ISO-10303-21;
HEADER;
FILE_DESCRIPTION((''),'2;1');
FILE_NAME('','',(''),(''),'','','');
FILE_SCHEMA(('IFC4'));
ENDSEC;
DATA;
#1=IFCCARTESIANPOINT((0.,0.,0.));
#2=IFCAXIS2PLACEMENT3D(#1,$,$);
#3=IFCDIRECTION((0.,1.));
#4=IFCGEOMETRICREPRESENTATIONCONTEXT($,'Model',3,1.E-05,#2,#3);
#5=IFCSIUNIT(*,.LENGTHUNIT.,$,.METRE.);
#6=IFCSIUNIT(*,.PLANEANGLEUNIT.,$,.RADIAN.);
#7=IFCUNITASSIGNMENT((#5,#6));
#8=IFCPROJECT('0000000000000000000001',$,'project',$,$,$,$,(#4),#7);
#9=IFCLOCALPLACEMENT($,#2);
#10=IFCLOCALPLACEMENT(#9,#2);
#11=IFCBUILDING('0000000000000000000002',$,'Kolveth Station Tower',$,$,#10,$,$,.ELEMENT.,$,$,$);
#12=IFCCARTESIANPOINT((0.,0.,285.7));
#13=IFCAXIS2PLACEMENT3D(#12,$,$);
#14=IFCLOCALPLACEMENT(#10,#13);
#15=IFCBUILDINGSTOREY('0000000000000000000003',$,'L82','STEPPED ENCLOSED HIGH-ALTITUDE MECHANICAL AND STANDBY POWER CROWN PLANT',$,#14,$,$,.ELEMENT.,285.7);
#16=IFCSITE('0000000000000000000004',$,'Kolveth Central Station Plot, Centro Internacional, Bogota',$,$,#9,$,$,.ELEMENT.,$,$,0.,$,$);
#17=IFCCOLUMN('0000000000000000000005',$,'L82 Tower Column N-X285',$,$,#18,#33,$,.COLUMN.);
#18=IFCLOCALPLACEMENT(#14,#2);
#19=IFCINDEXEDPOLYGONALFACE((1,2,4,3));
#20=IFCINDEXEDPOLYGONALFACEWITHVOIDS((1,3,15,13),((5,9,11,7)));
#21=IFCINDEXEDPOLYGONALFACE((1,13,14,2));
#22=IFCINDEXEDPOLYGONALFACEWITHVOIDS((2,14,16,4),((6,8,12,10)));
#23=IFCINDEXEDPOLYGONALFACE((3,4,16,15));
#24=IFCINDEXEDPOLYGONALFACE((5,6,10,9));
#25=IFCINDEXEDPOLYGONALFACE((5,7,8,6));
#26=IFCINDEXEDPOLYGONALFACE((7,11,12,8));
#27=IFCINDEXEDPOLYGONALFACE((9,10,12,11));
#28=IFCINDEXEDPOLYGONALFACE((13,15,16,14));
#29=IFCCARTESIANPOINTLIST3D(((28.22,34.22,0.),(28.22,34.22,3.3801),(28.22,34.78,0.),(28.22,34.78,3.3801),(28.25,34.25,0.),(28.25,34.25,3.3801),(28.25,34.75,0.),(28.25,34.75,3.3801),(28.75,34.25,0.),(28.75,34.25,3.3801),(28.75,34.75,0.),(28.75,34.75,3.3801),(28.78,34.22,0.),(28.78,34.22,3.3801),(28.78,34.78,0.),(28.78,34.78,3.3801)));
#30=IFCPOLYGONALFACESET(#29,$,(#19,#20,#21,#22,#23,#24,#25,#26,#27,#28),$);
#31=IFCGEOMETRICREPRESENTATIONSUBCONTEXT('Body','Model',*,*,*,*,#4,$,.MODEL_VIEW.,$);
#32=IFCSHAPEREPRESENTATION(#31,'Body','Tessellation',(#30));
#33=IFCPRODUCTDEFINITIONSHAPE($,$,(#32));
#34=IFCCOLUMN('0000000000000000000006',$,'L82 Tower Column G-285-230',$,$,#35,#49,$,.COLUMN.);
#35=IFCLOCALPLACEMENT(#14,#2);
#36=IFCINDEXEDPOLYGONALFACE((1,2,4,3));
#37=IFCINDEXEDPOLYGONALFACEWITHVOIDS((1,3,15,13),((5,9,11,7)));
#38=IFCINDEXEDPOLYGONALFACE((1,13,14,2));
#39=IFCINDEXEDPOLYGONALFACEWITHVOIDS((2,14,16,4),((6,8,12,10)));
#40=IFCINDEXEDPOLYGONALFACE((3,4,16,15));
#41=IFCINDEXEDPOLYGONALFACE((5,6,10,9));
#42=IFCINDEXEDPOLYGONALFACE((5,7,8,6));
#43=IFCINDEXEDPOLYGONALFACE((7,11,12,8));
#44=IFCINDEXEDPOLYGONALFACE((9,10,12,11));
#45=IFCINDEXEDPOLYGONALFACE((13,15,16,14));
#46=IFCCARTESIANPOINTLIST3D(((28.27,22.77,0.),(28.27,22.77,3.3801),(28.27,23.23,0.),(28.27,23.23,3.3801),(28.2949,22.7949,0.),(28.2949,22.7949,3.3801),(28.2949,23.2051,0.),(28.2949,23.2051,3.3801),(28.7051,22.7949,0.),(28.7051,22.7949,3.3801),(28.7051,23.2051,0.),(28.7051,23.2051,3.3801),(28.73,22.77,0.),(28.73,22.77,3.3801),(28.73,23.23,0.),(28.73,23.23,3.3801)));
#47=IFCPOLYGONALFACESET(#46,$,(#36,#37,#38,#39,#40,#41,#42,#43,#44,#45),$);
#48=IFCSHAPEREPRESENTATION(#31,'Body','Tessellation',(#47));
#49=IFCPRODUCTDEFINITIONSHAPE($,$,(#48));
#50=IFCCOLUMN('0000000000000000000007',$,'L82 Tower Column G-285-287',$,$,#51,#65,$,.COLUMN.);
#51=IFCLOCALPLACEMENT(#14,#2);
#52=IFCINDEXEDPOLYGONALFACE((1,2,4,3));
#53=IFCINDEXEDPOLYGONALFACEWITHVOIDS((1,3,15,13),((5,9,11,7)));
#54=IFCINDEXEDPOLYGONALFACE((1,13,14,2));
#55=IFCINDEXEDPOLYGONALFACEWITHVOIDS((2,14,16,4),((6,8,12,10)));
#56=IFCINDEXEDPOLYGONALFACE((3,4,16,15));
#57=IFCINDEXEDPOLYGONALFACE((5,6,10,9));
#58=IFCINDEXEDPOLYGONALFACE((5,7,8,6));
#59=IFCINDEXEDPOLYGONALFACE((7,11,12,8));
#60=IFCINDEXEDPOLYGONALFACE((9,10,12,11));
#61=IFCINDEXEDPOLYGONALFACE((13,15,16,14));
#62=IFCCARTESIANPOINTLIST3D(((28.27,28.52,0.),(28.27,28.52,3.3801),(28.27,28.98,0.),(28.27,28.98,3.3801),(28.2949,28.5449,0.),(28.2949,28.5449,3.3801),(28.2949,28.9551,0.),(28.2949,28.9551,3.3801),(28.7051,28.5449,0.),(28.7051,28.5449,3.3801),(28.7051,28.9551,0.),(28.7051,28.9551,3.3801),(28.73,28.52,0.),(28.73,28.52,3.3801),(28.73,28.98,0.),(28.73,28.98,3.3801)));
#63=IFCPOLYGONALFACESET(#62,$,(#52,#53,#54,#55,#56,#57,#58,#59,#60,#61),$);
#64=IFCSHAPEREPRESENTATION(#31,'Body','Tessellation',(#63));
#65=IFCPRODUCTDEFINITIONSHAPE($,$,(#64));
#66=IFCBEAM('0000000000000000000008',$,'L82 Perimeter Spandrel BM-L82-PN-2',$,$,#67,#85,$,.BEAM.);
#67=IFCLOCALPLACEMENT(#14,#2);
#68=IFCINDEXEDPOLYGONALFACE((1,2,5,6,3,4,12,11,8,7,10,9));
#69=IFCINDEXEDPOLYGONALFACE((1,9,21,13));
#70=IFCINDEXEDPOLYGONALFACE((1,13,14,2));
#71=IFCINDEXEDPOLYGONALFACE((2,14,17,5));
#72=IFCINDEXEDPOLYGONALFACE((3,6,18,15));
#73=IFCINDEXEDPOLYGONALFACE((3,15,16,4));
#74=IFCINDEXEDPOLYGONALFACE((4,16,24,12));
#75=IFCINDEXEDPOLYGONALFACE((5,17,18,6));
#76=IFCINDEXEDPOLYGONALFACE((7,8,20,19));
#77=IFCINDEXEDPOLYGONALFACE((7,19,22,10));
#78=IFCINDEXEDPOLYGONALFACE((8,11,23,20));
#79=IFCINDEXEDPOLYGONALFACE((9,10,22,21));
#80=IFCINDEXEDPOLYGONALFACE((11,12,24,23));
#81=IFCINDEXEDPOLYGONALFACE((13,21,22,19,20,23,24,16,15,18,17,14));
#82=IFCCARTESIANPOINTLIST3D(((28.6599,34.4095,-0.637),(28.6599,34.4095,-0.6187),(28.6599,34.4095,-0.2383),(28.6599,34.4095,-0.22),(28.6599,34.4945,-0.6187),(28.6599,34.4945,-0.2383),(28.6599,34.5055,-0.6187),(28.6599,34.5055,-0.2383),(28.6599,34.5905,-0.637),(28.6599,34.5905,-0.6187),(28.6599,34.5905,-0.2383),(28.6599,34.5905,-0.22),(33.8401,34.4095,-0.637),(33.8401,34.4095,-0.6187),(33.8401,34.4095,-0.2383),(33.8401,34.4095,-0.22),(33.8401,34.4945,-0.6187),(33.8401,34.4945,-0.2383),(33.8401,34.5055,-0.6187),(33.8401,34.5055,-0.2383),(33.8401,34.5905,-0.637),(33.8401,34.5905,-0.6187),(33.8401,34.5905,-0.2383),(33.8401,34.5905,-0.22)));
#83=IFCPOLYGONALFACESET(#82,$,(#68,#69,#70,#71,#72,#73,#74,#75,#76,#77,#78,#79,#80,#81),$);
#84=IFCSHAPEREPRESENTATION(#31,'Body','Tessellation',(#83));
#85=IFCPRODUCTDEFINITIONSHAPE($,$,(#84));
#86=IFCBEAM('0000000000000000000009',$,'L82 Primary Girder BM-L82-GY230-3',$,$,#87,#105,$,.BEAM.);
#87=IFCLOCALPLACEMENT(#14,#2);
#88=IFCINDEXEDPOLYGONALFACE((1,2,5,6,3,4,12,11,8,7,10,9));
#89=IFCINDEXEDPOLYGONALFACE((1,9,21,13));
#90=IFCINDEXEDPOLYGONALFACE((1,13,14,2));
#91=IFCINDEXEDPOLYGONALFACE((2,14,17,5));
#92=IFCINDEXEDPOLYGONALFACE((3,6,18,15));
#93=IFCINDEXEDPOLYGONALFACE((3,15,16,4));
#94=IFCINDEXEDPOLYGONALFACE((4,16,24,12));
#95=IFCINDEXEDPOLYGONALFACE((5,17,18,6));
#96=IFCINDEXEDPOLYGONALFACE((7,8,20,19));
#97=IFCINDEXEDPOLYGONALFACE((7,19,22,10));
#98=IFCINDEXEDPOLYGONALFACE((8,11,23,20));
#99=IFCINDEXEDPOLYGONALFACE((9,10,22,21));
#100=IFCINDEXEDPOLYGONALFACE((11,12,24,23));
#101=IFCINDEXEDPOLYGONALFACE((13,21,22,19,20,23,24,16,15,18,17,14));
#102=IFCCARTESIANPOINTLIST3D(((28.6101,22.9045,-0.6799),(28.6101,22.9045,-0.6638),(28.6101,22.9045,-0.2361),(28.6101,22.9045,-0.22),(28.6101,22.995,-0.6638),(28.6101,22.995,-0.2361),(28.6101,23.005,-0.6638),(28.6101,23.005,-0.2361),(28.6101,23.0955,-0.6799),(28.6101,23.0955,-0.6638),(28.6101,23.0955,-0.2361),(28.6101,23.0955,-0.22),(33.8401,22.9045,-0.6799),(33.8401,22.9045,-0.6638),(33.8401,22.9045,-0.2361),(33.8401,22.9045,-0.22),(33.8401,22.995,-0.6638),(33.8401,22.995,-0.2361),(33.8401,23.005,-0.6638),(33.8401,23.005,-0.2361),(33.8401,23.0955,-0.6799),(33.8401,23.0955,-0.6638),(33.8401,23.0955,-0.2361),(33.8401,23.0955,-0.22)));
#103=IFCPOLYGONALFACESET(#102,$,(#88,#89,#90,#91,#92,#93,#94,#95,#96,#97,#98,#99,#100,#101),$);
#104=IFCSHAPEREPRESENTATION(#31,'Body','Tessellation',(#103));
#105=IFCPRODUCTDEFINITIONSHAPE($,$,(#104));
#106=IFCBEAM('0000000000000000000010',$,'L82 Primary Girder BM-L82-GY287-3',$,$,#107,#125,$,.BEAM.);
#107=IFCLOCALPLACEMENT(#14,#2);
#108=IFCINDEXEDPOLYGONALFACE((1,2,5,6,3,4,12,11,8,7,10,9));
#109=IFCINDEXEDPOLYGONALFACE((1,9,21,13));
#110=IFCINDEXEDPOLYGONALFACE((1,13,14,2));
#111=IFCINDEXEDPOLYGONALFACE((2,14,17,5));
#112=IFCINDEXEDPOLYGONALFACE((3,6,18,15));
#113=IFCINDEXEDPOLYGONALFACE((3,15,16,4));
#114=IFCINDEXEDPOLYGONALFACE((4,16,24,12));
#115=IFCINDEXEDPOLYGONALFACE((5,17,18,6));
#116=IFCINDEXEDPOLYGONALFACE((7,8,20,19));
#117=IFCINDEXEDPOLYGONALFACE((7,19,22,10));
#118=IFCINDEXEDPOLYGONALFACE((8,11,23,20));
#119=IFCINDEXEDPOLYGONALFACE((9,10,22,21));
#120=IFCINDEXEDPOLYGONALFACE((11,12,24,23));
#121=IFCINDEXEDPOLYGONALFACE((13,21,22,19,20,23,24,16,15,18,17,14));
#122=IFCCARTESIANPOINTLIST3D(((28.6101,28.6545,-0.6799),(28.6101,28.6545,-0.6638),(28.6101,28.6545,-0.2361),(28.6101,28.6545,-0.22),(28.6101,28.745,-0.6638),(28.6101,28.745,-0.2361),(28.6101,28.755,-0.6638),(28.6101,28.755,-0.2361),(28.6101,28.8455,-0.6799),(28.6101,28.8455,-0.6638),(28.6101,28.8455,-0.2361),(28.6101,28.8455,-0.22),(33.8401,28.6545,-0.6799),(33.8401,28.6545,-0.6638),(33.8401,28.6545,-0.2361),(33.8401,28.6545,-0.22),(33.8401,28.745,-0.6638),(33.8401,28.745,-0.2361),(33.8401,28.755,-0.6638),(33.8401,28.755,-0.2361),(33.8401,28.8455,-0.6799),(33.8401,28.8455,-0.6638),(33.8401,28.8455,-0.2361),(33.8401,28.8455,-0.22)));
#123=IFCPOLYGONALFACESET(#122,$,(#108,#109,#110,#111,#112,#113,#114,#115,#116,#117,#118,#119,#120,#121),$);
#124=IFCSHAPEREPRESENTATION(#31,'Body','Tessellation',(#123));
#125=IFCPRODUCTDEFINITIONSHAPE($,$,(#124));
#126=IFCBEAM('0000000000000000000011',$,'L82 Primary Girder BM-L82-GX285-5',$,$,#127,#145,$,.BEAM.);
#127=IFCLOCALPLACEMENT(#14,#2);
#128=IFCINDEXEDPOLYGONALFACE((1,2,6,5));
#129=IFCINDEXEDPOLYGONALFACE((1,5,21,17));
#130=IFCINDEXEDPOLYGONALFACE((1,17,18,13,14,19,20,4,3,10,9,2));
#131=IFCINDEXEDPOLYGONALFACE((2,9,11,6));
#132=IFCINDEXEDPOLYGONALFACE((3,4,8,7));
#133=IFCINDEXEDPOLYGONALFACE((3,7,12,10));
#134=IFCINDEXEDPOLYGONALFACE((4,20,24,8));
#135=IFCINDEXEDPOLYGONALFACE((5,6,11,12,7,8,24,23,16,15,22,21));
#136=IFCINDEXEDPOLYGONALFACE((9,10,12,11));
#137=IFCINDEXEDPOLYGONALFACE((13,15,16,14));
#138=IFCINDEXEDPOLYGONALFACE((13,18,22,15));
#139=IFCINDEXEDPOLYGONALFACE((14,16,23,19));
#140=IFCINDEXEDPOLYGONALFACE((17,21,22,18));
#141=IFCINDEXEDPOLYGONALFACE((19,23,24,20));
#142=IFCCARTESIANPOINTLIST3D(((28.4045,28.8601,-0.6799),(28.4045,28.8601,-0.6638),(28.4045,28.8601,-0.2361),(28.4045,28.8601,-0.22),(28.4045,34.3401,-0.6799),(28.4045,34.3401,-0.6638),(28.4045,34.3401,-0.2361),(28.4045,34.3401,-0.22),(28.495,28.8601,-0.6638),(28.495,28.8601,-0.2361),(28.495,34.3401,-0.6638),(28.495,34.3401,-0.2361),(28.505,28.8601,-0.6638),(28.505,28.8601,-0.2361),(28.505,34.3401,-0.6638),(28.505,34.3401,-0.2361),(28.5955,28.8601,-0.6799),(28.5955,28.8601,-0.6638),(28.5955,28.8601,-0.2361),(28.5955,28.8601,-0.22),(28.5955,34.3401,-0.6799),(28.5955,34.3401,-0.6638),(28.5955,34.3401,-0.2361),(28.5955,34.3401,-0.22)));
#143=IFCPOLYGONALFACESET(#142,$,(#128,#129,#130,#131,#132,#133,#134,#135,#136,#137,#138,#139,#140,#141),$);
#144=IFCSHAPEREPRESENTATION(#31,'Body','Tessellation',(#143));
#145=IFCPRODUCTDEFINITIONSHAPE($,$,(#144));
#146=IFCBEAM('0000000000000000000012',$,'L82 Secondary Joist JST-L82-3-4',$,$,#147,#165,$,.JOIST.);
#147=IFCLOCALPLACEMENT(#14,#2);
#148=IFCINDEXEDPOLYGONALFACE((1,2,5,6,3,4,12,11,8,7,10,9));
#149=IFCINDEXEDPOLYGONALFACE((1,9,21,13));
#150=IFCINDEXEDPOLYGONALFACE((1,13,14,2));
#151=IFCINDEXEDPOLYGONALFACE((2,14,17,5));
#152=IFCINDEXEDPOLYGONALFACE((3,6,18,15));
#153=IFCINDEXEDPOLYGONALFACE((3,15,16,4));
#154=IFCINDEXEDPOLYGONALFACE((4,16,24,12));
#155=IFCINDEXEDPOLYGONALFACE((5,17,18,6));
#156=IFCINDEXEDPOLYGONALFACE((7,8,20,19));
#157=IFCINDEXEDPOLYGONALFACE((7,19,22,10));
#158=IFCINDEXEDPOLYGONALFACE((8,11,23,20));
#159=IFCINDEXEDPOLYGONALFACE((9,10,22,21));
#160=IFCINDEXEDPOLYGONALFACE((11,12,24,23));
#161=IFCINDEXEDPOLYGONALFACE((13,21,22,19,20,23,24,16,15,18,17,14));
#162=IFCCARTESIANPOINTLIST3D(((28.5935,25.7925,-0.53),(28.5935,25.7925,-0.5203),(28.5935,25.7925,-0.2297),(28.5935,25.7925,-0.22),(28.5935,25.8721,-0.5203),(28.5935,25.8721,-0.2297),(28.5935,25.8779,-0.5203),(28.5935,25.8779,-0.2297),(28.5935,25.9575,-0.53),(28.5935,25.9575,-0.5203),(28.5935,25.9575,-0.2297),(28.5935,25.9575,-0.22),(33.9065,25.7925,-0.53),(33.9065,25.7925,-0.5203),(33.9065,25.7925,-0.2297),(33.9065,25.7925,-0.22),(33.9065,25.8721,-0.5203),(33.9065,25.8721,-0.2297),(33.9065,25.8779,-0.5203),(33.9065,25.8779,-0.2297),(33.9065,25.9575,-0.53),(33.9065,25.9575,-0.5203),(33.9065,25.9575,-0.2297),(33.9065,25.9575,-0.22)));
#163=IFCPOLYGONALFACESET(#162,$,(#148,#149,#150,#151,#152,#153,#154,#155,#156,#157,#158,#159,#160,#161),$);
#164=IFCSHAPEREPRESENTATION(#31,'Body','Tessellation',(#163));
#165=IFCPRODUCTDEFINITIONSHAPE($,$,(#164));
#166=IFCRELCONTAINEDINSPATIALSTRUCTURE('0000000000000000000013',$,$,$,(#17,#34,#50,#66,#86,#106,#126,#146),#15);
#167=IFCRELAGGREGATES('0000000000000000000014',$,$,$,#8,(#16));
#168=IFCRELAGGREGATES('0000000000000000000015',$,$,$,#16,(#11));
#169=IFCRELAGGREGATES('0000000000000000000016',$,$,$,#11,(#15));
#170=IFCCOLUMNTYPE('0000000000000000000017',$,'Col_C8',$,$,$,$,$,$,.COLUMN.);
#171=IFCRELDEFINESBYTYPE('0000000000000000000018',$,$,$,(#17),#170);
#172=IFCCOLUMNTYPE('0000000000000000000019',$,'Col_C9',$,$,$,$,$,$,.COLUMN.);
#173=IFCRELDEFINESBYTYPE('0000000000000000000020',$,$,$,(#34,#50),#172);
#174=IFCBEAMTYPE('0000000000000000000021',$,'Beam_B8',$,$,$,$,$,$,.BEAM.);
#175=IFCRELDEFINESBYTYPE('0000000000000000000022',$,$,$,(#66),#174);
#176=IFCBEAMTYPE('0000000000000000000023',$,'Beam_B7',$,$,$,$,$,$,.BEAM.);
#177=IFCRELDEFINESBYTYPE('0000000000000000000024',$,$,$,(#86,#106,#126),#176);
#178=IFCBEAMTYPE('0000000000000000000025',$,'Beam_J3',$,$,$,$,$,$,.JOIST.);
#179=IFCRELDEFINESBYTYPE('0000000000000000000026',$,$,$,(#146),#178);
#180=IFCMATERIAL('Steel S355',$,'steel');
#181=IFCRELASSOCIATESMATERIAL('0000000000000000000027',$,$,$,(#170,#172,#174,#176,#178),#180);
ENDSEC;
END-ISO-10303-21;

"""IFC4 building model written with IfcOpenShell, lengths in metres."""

from ifc_helpers import new_model, si_unit, direction, frame, origin, origin_2d, place, context, subcontext, project, spatial, hollow_rectangle, i_section, extrude, source, transform, mapped, material, material_profile, profile_set, type_object, element, save


model = new_model("IFC4")

# Units and contexts
model_context = context("Model", 3, precision=1e-05, world=origin(), true_north=direction((0.0, 1.0)))
body_context = subcontext(model_context, "Body", "Model", "MODEL_VIEW")
ifc_project = project(units=[si_unit("LENGTHUNIT", "METRE"), si_unit("PLANEANGLEUNIT", "RADIAN")], contexts=[model_context])

# Site, building, storey
site_placement = place(None, origin())
site = spatial("IfcSite", under=ifc_project, at=site_placement, Name="Kolveth Central Station Plot, Centro Internacional, Bogota", CompositionType="ELEMENT", RefElevation=0.0)
building_placement = place(site_placement, origin())
building = spatial("IfcBuilding", under=site, at=building_placement, Name="Kolveth Station Tower", CompositionType="ELEMENT")
storey_placement = place(building_placement, frame((0.0, 0.0, 285.7)))
storey = spatial("IfcBuildingStorey", under=building, at=storey_placement, Name="L82", Description="STEPPED ENCLOSED HIGH-ALTITUDE MECHANICAL AND STANDBY POWER CROWN PLANT", CompositionType="ELEMENT", Elevation=285.7)

# Columns
ifc_material_1 = material(Name="Steel S355", Category="steel")
ifc_material_profile_1 = material_profile(ifc_material_1, hollow_rectangle(XDim=0.5601, YDim=0.5601, WallThickness=0.03, at=origin_2d()), Name="BOX560x560x30")
ifc_profile_set_1 = profile_set([ifc_material_profile_1], Name="Steel S355")
column_type_1 = type_object("IfcColumnType", Name="Col_C8", PredefinedType="COLUMN", material=ifc_profile_set_1)
shared_shape_1 = source(origin(), body_context, "Body", "SweptSolid", [
    extrude(hollow_rectangle(XDim=0.5601, YDim=0.5601, WallThickness=0.03, at=origin_2d()), origin(), (0.0, 0.0, 1.0), 3.3801),
])
column_placement = place(storey_placement, frame((28.5, 34.5, 0.0), z_axis=(0.0, 0.0, 1.0), x_axis=(1.0, 0.0, 0.0)))
element("IfcColumn", 1, at=column_placement, inside=storey, type_object=column_type_1, Name="L82 Tower Column N-X285", PredefinedType="COLUMN", context=body_context, shape_type="MappedRepresentation", body=[
    mapped(shared_shape_1, transform((0.0, 0.0, 0.0), x_axis=(1.0, 0.0, 0.0), y_axis=(0.0, 1.0, 0.0), z_axis=(0.0, 0.0, 1.0), scale=1.0)),
])
ifc_material_profile_2 = material_profile(ifc_material_1, hollow_rectangle(XDim=0.46, YDim=0.46, WallThickness=0.0249, at=origin_2d()), Name="BOX460x460x25")
ifc_profile_set_2 = profile_set([ifc_material_profile_2], Name="Steel S355")
column_type_2 = type_object("IfcColumnType", Name="Col_C9", PredefinedType="COLUMN", material=ifc_profile_set_2)
shared_shape_2 = source(origin(), body_context, "Body", "SweptSolid", [
    extrude(hollow_rectangle(XDim=0.46, YDim=0.46, WallThickness=0.0249, at=origin_2d()), origin(), (0.0, 0.0, 1.0), 3.3801),
])
for number, where, z_axis, x_axis, name in (
    (2, (28.5, 23.0, 0.0), (0.0, 0.0, 1.0), (1.0, 0.0, 0.0), "L82 Tower Column G-285-230"),
    (3, (28.5, 28.75, 0.0), (0.0, 0.0, 1.0), (1.0, 0.0, 0.0), "L82 Tower Column G-285-287"),
):
    element("IfcColumn", number, at=place(storey_placement, frame(where, z_axis=z_axis, x_axis=x_axis)), inside=storey, type_object=column_type_2, Name=name, PredefinedType="COLUMN", context=body_context, shape_type="MappedRepresentation", body=[
        mapped(shared_shape_2, transform((0.0, 0.0, 0.0), x_axis=(1.0, 0.0, 0.0), y_axis=(0.0, 1.0, 0.0), z_axis=(0.0, 0.0, 1.0), scale=1.0)),
    ])

# Beams
ifc_material_profile_3 = material_profile(ifc_material_1, i_section(OverallWidth=0.1809, OverallDepth=0.417, WebThickness=0.011, FlangeThickness=0.0183, at=origin_2d()), Name="W410x85")
ifc_profile_set_3 = profile_set([ifc_material_profile_3], Name="Steel S355")
beam_type_1 = type_object("IfcBeamType", Name="Beam_B8", PredefinedType="BEAM", material=ifc_profile_set_3)
shared_shape_3 = source(origin(), body_context, "Body", "SweptSolid", [
    extrude(i_section(OverallWidth=0.1809, OverallDepth=0.417, WebThickness=0.011, FlangeThickness=0.0183, at=origin_2d()), origin(), (0.0, 0.0, 1.0), 5.1802),
])
beam_1_placement = place(storey_placement, frame((28.6599, 34.5, -0.4285), z_axis=(1.0, 0.0, 0.0), x_axis=(0.0, 1.0, 0.0)))
element("IfcBeam", 4, at=beam_1_placement, inside=storey, type_object=beam_type_1, Name="L82 Perimeter Spandrel BM-L82-PN-2", PredefinedType="BEAM", context=body_context, shape_type="MappedRepresentation", body=[
    mapped(shared_shape_3, transform((0.0, 0.0, 0.0), x_axis=(1.0, 0.0, 0.0), y_axis=(0.0, 1.0, 0.0), z_axis=(0.0, 0.0, 1.0), scale=1.0)),
])
ifc_material_profile_4 = material_profile(ifc_material_1, i_section(OverallWidth=0.1909, OverallDepth=0.46, WebThickness=0.01, FlangeThickness=0.0161, at=origin_2d()), Name="W460x82")
ifc_profile_set_4 = profile_set([ifc_material_profile_4], Name="Steel S355")
beam_type_2 = type_object("IfcBeamType", Name="Beam_B7", PredefinedType="BEAM", material=ifc_profile_set_4)
shared_shape_4 = source(origin(), body_context, "Body", "SweptSolid", [
    extrude(i_section(OverallWidth=0.1909, OverallDepth=0.46, WebThickness=0.01, FlangeThickness=0.0161, at=origin_2d()), origin(), (0.0, 0.0, 1.0), 5.23),
])
for number, where, z_axis, x_axis, name in (
    (5, (28.6101, 23.0, -0.45), (1.0, 0.0, 0.0), (0.0, 1.0, 0.0), "L82 Primary Girder BM-L82-GY230-3"),
    (6, (28.6101, 28.75, -0.45), (1.0, 0.0, 0.0), (0.0, 1.0, 0.0), "L82 Primary Girder BM-L82-GY287-3"),
):
    element("IfcBeam", number, at=place(storey_placement, frame(where, z_axis=z_axis, x_axis=x_axis)), inside=storey, type_object=beam_type_2, Name=name, PredefinedType="BEAM", context=body_context, shape_type="MappedRepresentation", body=[
        mapped(shared_shape_4, transform((0.0, 0.0, 0.0), x_axis=(1.0, 0.0, 0.0), y_axis=(0.0, 1.0, 0.0), z_axis=(0.0, 0.0, 1.0), scale=1.0)),
    ])
shared_shape_5 = source(origin(), body_context, "Body", "SweptSolid", [
    extrude(i_section(OverallWidth=0.1909, OverallDepth=0.46, WebThickness=0.01, FlangeThickness=0.0161, at=origin_2d()), origin(), (0.0, 0.0, 1.0), 5.48),
])
beam_2_placement = place(storey_placement, frame((28.5, 28.8601, -0.45), z_axis=(0.0, 1.0, 0.0), x_axis=(-1.0, 0.0, 0.0)))
element("IfcBeam", 7, at=beam_2_placement, inside=storey, type_object=beam_type_2, Name="L82 Primary Girder BM-L82-GX285-5", PredefinedType="BEAM", context=body_context, shape_type="MappedRepresentation", body=[
    mapped(shared_shape_5, transform((0.0, 0.0, 0.0), x_axis=(1.0, 0.0, 0.0), y_axis=(0.0, 1.0, 0.0), z_axis=(0.0, 0.0, 1.0), scale=1.0)),
])
ifc_material_profile_5 = material_profile(ifc_material_1, i_section(OverallWidth=0.165, OverallDepth=0.3101, WebThickness=0.0059, FlangeThickness=0.0098, at=origin_2d()), Name="W310x39")
ifc_profile_set_5 = profile_set([ifc_material_profile_5], Name="Steel S355")
beam_type_3 = type_object("IfcBeamType", Name="Beam_J3", PredefinedType="JOIST", material=ifc_profile_set_5)
shared_shape_6 = source(origin(), body_context, "Body", "SweptSolid", [
    extrude(i_section(OverallWidth=0.165, OverallDepth=0.3101, WebThickness=0.0059, FlangeThickness=0.0098, at=origin_2d()), origin(), (0.0, 0.0, 1.0), 5.313),
])
for number, where, z_axis, x_axis, name in (
    (8, (28.5935, 25.875, -0.375), (1.0, 0.0, 0.0), (0.0, 1.0, 0.0), "L82 Secondary Joist JST-L82-3-4"),
):
    element("IfcBeam", number, at=place(storey_placement, frame(where, z_axis=z_axis, x_axis=x_axis)), inside=storey, type_object=beam_type_3, Name=name, PredefinedType="JOIST", context=body_context, shape_type="MappedRepresentation", body=[
        mapped(shared_shape_6, transform((0.0, 0.0, 0.0), x_axis=(1.0, 0.0, 0.0), y_axis=(0.0, 1.0, 0.0), z_axis=(0.0, 0.0, 1.0), scale=1.0)),
    ])

save(model, "model.ifc")
